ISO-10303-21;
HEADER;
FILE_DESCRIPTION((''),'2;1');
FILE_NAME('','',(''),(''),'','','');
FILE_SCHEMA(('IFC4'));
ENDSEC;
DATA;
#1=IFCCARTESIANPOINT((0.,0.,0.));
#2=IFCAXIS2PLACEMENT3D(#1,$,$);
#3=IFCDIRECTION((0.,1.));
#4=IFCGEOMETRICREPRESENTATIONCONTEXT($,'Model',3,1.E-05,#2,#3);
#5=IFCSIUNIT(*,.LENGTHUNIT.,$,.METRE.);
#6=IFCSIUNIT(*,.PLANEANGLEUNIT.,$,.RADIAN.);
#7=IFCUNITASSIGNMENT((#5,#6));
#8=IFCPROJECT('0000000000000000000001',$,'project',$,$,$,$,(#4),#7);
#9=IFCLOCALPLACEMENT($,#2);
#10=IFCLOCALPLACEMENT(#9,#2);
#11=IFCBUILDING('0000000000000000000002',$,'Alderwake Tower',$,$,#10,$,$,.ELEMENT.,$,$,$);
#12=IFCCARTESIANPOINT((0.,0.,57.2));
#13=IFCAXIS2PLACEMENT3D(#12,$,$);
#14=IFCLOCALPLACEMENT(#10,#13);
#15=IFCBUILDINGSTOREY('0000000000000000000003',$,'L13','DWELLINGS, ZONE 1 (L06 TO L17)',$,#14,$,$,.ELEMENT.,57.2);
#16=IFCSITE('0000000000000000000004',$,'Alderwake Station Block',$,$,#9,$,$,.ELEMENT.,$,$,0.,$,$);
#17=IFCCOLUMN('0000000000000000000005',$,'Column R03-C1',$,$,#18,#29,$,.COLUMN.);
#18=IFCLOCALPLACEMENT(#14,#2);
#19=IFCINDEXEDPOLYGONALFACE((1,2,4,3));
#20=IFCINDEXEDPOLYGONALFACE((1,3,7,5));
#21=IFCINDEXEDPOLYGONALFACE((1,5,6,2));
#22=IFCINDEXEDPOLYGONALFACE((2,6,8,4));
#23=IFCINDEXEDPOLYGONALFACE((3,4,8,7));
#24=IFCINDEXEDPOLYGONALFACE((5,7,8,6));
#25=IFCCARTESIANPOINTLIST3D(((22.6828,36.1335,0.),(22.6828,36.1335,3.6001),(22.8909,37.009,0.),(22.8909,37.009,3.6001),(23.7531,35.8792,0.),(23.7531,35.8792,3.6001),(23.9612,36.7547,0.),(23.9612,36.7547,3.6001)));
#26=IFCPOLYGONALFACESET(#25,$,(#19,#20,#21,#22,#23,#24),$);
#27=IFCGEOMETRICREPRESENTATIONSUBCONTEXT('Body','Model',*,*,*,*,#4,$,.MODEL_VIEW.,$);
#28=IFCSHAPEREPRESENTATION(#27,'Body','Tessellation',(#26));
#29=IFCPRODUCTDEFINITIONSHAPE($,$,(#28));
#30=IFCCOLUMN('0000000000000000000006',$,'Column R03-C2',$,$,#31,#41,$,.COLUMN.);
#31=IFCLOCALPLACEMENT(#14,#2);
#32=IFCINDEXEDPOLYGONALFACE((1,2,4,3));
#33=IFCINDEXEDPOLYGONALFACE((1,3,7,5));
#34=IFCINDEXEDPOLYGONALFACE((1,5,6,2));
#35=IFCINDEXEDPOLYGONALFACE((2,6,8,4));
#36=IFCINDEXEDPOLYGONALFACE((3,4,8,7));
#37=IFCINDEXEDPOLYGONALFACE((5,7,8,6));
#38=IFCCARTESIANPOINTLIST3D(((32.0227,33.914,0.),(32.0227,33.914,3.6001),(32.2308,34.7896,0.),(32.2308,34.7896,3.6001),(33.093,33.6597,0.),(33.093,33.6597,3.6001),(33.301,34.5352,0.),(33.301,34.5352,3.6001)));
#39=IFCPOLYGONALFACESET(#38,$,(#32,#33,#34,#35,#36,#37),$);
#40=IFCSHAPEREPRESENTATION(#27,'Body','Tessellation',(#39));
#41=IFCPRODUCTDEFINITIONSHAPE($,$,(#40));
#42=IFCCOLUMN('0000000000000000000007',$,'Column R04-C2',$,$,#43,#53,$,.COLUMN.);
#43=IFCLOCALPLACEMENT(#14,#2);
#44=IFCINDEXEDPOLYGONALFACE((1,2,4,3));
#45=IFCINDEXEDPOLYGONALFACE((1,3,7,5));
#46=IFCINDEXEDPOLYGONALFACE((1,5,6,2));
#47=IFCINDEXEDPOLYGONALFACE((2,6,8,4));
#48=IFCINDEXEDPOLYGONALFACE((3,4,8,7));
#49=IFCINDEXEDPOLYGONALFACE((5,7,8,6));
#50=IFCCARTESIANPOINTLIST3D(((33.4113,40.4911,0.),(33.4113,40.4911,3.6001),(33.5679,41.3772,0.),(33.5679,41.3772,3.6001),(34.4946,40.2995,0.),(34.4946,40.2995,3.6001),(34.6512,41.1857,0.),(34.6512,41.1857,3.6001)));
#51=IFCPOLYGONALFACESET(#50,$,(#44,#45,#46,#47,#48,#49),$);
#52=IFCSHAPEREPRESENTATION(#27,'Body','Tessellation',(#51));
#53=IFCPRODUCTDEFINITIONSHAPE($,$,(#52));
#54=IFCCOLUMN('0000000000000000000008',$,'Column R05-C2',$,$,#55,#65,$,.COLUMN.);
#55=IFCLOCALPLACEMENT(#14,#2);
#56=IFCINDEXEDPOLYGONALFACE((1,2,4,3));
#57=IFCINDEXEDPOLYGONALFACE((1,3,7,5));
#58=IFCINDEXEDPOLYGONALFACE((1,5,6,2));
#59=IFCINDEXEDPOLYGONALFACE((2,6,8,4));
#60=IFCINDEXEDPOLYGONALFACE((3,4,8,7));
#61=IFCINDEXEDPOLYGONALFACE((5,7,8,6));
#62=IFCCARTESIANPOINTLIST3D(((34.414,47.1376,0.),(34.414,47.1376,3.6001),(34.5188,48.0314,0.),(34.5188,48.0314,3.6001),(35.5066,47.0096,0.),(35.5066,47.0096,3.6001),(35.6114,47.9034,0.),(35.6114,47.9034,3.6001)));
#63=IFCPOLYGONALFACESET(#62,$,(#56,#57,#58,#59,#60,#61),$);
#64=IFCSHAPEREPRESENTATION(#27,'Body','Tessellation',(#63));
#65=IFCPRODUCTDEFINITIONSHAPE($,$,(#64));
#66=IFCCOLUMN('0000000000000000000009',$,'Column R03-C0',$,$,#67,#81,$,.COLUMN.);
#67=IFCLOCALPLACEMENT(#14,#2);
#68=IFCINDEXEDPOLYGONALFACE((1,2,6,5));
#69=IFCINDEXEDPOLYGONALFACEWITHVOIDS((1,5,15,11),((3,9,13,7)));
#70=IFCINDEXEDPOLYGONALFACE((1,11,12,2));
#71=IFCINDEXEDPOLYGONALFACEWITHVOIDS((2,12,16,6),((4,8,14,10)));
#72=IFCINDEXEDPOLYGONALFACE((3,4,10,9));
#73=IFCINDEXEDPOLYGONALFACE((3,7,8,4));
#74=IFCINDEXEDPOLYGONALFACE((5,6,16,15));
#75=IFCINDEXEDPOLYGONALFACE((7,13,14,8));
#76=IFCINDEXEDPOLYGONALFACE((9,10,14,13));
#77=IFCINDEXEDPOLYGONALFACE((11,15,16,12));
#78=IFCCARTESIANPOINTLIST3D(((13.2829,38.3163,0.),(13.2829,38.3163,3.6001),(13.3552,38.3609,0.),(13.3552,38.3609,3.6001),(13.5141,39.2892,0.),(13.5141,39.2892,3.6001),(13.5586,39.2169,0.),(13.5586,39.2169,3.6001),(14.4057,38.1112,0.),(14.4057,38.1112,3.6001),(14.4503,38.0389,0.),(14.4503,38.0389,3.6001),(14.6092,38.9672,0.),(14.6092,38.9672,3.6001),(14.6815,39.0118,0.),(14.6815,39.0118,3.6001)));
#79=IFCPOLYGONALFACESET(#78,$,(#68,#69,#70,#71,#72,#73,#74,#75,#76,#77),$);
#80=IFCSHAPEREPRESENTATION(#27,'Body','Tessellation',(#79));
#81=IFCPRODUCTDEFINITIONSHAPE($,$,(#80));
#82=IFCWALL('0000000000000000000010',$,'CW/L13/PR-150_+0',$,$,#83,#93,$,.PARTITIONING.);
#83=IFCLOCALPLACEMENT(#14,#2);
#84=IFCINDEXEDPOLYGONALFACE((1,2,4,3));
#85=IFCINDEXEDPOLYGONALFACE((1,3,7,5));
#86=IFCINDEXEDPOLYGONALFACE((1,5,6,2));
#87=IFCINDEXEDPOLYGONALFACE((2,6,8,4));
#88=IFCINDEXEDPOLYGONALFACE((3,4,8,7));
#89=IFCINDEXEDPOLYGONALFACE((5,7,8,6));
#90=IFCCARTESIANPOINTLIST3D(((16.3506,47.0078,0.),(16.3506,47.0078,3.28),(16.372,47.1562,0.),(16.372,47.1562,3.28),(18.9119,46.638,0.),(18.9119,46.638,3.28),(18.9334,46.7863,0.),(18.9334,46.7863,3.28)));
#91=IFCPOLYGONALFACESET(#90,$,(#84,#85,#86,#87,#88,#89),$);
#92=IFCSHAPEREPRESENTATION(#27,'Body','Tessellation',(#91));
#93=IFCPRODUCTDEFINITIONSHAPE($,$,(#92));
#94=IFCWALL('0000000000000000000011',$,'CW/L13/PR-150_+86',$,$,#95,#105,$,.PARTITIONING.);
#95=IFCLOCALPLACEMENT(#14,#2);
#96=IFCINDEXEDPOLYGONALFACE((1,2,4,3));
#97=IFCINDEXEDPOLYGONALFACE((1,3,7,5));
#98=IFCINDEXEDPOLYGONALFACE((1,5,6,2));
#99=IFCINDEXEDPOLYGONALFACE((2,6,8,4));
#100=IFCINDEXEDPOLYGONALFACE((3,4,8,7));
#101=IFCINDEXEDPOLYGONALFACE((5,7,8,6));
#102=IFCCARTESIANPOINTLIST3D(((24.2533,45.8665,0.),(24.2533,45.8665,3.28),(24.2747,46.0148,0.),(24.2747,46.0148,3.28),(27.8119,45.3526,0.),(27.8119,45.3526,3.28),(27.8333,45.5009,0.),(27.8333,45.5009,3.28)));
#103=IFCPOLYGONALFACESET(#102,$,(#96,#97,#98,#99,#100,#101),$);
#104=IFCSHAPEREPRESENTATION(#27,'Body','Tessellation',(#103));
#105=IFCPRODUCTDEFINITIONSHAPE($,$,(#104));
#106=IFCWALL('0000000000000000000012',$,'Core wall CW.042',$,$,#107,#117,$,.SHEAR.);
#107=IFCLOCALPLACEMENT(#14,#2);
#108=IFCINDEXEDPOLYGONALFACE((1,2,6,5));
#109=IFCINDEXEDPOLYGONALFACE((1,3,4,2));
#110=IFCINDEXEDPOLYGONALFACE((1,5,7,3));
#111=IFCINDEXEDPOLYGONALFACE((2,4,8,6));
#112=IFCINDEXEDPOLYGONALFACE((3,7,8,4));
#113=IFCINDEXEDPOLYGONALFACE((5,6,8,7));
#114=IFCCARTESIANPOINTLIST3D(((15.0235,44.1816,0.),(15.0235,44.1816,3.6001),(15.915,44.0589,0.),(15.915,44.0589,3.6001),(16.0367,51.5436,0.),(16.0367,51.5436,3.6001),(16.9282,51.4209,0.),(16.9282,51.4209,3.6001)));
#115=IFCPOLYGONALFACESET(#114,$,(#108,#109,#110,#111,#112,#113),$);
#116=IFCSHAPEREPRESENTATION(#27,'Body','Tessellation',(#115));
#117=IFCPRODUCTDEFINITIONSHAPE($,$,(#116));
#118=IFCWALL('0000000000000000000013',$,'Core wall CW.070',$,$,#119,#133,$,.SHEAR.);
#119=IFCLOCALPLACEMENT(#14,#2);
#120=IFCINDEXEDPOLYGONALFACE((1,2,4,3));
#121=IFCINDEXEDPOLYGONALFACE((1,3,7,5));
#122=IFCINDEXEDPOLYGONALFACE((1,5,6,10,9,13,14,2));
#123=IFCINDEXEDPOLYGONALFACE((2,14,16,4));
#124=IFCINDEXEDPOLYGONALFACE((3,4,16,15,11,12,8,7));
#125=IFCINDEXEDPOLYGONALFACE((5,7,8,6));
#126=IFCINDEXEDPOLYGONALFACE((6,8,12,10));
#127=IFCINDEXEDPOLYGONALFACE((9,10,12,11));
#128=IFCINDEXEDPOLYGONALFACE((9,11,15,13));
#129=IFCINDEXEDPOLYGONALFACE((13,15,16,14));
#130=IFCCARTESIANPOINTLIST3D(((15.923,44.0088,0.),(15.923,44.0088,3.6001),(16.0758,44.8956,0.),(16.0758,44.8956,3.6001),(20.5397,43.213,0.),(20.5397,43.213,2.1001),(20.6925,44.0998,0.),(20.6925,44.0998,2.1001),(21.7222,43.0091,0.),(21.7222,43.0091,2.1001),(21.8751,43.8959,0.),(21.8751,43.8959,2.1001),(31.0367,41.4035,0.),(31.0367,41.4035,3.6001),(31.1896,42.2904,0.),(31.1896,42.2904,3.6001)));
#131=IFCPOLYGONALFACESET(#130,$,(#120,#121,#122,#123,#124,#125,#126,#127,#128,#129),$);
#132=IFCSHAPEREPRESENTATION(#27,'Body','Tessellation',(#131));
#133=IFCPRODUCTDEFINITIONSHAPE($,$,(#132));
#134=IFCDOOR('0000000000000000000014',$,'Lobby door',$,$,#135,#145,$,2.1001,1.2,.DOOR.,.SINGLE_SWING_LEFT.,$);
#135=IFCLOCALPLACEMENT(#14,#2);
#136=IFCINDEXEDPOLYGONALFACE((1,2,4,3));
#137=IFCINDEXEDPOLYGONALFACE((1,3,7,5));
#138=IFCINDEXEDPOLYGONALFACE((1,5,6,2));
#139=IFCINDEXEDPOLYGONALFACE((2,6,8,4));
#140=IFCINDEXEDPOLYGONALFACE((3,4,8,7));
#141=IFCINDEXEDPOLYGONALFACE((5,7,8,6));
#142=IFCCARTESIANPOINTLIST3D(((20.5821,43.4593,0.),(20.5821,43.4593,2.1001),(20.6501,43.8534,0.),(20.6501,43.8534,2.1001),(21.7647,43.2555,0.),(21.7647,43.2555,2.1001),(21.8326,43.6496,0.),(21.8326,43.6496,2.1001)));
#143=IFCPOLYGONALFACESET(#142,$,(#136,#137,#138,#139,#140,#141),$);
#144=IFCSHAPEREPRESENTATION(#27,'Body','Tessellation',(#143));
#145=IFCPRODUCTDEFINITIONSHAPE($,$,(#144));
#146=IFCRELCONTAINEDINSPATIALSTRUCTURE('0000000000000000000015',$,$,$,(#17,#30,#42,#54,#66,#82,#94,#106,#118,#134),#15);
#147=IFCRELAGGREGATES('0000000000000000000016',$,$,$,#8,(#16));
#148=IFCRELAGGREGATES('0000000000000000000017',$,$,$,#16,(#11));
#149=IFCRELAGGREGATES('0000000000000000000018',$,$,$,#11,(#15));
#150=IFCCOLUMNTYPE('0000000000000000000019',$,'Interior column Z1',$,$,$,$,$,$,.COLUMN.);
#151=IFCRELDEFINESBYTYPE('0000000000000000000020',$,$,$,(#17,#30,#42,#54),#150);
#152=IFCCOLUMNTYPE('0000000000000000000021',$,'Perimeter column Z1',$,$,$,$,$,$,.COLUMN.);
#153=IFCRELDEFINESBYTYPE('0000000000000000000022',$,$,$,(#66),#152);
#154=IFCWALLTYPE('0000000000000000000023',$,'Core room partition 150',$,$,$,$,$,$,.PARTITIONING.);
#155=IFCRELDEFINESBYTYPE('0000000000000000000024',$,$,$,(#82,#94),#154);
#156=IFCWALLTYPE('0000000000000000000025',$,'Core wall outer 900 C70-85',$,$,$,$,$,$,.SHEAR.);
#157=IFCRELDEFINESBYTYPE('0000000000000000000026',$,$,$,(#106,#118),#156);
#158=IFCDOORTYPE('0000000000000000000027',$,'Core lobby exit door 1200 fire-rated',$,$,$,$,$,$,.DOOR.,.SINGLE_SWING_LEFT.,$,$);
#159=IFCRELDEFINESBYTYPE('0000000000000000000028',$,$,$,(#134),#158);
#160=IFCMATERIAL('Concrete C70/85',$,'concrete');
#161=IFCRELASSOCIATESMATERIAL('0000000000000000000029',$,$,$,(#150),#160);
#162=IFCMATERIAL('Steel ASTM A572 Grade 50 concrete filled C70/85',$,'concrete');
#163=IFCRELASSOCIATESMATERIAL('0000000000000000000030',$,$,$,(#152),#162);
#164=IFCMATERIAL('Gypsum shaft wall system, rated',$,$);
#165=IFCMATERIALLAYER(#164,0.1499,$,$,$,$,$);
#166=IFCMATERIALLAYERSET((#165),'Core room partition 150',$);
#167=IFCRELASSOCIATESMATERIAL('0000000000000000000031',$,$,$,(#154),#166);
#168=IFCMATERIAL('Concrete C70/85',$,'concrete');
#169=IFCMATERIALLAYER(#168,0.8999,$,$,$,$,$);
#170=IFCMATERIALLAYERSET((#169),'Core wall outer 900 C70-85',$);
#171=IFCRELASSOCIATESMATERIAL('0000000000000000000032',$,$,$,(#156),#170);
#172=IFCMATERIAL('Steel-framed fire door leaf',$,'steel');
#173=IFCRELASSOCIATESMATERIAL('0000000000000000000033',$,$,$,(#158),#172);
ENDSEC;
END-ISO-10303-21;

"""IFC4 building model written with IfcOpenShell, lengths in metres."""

from ifc_helpers import new_model, si_unit, direction, frame, frame_2d, origin, origin_2d, place, context, subcontext, project, spatial, rectangle, hollow_rectangle, extrude, material, layer, layer_set, material_profile, profile_set, type_object, element, fill, save


model = new_model("IFC4")

# Units and contexts
model_context = context("Model", 3, precision=1e-05, world=origin(), true_north=direction((0.0, 1.0)))
body_context = subcontext(model_context, "Body", "Model", "MODEL_VIEW")
ifc_project = project(units=[si_unit("LENGTHUNIT", "METRE"), si_unit("PLANEANGLEUNIT", "RADIAN")], contexts=[model_context])

# Site, building, storey
site_placement = place(None, origin())
site = spatial("IfcSite", under=ifc_project, at=site_placement, Name="Alderwake Station Block", CompositionType="ELEMENT", RefElevation=0.0)
building_placement = place(site_placement, origin())
building = spatial("IfcBuilding", under=site, at=building_placement, Name="Alderwake Tower", CompositionType="ELEMENT")
storey_placement = place(building_placement, frame((0.0, 0.0, 57.2)))
storey = spatial("IfcBuildingStorey", under=building, at=storey_placement, Name="L13", Description="DWELLINGS, ZONE 1 (L06 TO L17)", CompositionType="ELEMENT", Elevation=57.2)

# Columns
ifc_material_1 = material(Name="Concrete C70/85", Category="concrete")
ifc_material_profile_1 = material_profile(ifc_material_1, rectangle(XDim=0.8999, YDim=1.1001, at=origin_2d()), Name="RC 1100X900")
ifc_profile_set_1 = profile_set([ifc_material_profile_1], Name="Concrete C70/85")
column_type_1 = type_object("IfcColumnType", Name="Interior column Z1", PredefinedType="COLUMN", material=ifc_profile_set_1)
for number, where, z_axis, x_axis, name in (
    (1, (23.322, 36.4441, 0.0), (0.0, 0.0, 1.0), (0.231222, 0.972901, 0.0), "Column R03-C1"),
    (2, (32.6619, 34.2246, 0.0), (0.0, 0.0, 1.0), (0.231222, 0.972901, 0.0), "Column R03-C2"),
    (3, (34.0312, 40.8384, 0.0), (0.0, 0.0, 1.0), (0.174109, 0.984726, 0.0), "Column R04-C2"),
    (4, (35.0127, 47.5205, 0.0), (0.0, 0.0, 1.0), (0.116402, 0.993202, 0.0), "Column R05-C2"),
):
    element("IfcColumn", number, at=place(storey_placement, frame(where, z_axis=z_axis, x_axis=x_axis)), inside=storey, type_object=column_type_1, Name=name, PredefinedType="COLUMN", context=body_context, shape_type="SweptSolid", body=[
        extrude(rectangle(XDim=0.8999, YDim=1.1001, at=origin_2d()), origin(), (0.0, 0.0, 1.0), 3.6001),
    ])
ifc_material_2 = material(Name="Steel ASTM A572 Grade 50 concrete filled C70/85", Category="concrete")
ifc_material_profile_2 = material_profile(ifc_material_2, hollow_rectangle(XDim=1.0, YDim=1.2, WallThickness=0.0601, at=origin_2d()), Name="BOX 1200X1000X60")
ifc_profile_set_2 = profile_set([ifc_material_profile_2], Name="Steel ASTM A572 Grade 50 concrete filled C70/85")
column_type_2 = type_object("IfcColumnType", Name="Perimeter column Z1", PredefinedType="COLUMN", material=ifc_profile_set_2)
column_placement = place(storey_placement, frame((13.9822, 38.6641, 0.0), z_axis=(0.0, 0.0, 1.0), x_axis=(0.231222, 0.972901, 0.0)))
element("IfcColumn", 5, at=column_placement, inside=storey, type_object=column_type_2, Name="Column R03-C0", PredefinedType="COLUMN", context=body_context, shape_type="SweptSolid", body=[
    extrude(hollow_rectangle(XDim=1.0, YDim=1.2, WallThickness=0.0601, at=origin_2d()), origin(), (0.0, 0.0, 1.0), 3.6001),
])

# Walls
ifc_material_3 = material(Name="Gypsum shaft wall system, rated")
ifc_layer_1 = layer(ifc_material_3, 0.1499)
ifc_layer_set_1 = layer_set([ifc_layer_1], Name="Core room partition 150")
wall_type_1 = type_object("IfcWallType", Name="Core room partition 150", PredefinedType="PARTITIONING", material=ifc_layer_set_1)
wall_1_placement = place(storey_placement, frame((16.3613, 47.082, 0.0), z_axis=(0.0, 0.0, 1.0), x_axis=(0.989733, -0.142927, 0.0)))
element("IfcWall", 6, at=wall_1_placement, inside=storey, type_object=wall_type_1, Name="CW/L13/PR-150_+0", PredefinedType="PARTITIONING", context=body_context, shape_type="SweptSolid", body=[
    extrude(rectangle(XDim=2.5879, YDim=0.1499, at=frame_2d((1.2939, 0.0))), origin(), (0.0, 0.0, 1.0), 3.28),
])
wall_2_placement = place(storey_placement, frame((24.2639, 45.9407, 0.0), z_axis=(0.0, 0.0, 1.0), x_axis=(0.989732, -0.142933, 0.0)))
element("IfcWall", 7, at=wall_2_placement, inside=storey, type_object=wall_type_1, Name="CW/L13/PR-150_+86", PredefinedType="PARTITIONING", context=body_context, shape_type="SweptSolid", body=[
    extrude(rectangle(XDim=3.5955, YDim=0.1499, at=frame_2d((1.7979, 0.0))), origin(), (0.0, 0.0, 1.0), 3.28),
])
ifc_material_4 = material(Name="Concrete C70/85", Category="concrete")
ifc_layer_2 = layer(ifc_material_4, 0.8999)
ifc_layer_set_2 = layer_set([ifc_layer_2], Name="Core wall outer 900 C70-85")
wall_type_2 = type_object("IfcWallType", Name="Core wall outer 900 C70-85", PredefinedType="SHEAR", material=ifc_layer_set_2)
wall_3_placement = place(storey_placement, frame((15.4692, 44.1201, 0.0), z_axis=(0.0, 0.0, 1.0), x_axis=(0.136337, 0.990662, 0.0)))
element("IfcWall", 8, at=wall_3_placement, inside=storey, type_object=wall_type_2, Name="Core wall CW.042", PredefinedType="SHEAR", context=body_context, shape_type="SweptSolid", body=[
    extrude(rectangle(XDim=7.4314, YDim=0.8999, at=frame_2d((3.7158, 0.0))), origin(), (0.0, 0.0, 1.0), 3.6001),
])

# Wall, opening, door
wall_4_placement = place(storey_placement, frame((31.1133, 41.8469, 0.0), z_axis=(0.0, 0.0, 1.0), x_axis=(-0.985467, 0.169869, 0.0)))
wall_4 = element("IfcWall", 9, at=wall_4_placement, inside=storey, type_object=wall_type_2, Name="Core wall CW.070", PredefinedType="SHEAR", context=body_context, shape_type="SweptSolid", body=[
    extrude(rectangle(XDim=15.3367, YDim=0.8999, at=frame_2d((7.6685, 0.0))), origin(), (0.0, 0.0, 1.0), 3.6001),
])
opening_1_placement = place(wall_4_placement, frame((9.4519, 0.0, 0.0)))
opening_1 = element("IfcOpeningElement", 10, at=opening_1_placement, cuts=wall_4, PredefinedType="OPENING", context=body_context, shape_type="SweptSolid", body=[
    extrude(rectangle(XDim=1.2, YDim=2.1001, at=frame_2d((0.6001, 1.05))), frame((0.0, 0.46, 0.0), z_axis=(0.0, -1.0, 0.0), x_axis=(1.0, 0.0, 0.0)), (0.0, 0.0, 1.0), 0.9199),
])
ifc_material_5 = material(Name="Steel-framed fire door leaf", Category="steel")
door_type_1 = type_object("IfcDoorType", Name="Core lobby exit door 1200 fire-rated", OperationType="SINGLE_SWING_LEFT", PredefinedType="DOOR", material=ifc_material_5)
door_1_placement = place(opening_1_placement, origin())
door_1 = element("IfcDoor", 11, at=door_1_placement, inside=storey, type_object=door_type_1, Name="Lobby door", OperationType="SINGLE_SWING_LEFT", OverallHeight=2.1001, OverallWidth=1.2, PredefinedType="DOOR", context=body_context, shape_type="SweptSolid", body=[
    extrude(rectangle(XDim=1.2, YDim=2.1001, at=frame_2d((0.6001, 1.05))), frame((0.0, 0.2, 0.0), z_axis=(0.0, -1.0, 0.0), x_axis=(1.0, 0.0, 0.0)), (0.0, 0.0, 1.0), 0.3999),
])
fill(opening_1, door_1)

save(model, "model.ifc")
